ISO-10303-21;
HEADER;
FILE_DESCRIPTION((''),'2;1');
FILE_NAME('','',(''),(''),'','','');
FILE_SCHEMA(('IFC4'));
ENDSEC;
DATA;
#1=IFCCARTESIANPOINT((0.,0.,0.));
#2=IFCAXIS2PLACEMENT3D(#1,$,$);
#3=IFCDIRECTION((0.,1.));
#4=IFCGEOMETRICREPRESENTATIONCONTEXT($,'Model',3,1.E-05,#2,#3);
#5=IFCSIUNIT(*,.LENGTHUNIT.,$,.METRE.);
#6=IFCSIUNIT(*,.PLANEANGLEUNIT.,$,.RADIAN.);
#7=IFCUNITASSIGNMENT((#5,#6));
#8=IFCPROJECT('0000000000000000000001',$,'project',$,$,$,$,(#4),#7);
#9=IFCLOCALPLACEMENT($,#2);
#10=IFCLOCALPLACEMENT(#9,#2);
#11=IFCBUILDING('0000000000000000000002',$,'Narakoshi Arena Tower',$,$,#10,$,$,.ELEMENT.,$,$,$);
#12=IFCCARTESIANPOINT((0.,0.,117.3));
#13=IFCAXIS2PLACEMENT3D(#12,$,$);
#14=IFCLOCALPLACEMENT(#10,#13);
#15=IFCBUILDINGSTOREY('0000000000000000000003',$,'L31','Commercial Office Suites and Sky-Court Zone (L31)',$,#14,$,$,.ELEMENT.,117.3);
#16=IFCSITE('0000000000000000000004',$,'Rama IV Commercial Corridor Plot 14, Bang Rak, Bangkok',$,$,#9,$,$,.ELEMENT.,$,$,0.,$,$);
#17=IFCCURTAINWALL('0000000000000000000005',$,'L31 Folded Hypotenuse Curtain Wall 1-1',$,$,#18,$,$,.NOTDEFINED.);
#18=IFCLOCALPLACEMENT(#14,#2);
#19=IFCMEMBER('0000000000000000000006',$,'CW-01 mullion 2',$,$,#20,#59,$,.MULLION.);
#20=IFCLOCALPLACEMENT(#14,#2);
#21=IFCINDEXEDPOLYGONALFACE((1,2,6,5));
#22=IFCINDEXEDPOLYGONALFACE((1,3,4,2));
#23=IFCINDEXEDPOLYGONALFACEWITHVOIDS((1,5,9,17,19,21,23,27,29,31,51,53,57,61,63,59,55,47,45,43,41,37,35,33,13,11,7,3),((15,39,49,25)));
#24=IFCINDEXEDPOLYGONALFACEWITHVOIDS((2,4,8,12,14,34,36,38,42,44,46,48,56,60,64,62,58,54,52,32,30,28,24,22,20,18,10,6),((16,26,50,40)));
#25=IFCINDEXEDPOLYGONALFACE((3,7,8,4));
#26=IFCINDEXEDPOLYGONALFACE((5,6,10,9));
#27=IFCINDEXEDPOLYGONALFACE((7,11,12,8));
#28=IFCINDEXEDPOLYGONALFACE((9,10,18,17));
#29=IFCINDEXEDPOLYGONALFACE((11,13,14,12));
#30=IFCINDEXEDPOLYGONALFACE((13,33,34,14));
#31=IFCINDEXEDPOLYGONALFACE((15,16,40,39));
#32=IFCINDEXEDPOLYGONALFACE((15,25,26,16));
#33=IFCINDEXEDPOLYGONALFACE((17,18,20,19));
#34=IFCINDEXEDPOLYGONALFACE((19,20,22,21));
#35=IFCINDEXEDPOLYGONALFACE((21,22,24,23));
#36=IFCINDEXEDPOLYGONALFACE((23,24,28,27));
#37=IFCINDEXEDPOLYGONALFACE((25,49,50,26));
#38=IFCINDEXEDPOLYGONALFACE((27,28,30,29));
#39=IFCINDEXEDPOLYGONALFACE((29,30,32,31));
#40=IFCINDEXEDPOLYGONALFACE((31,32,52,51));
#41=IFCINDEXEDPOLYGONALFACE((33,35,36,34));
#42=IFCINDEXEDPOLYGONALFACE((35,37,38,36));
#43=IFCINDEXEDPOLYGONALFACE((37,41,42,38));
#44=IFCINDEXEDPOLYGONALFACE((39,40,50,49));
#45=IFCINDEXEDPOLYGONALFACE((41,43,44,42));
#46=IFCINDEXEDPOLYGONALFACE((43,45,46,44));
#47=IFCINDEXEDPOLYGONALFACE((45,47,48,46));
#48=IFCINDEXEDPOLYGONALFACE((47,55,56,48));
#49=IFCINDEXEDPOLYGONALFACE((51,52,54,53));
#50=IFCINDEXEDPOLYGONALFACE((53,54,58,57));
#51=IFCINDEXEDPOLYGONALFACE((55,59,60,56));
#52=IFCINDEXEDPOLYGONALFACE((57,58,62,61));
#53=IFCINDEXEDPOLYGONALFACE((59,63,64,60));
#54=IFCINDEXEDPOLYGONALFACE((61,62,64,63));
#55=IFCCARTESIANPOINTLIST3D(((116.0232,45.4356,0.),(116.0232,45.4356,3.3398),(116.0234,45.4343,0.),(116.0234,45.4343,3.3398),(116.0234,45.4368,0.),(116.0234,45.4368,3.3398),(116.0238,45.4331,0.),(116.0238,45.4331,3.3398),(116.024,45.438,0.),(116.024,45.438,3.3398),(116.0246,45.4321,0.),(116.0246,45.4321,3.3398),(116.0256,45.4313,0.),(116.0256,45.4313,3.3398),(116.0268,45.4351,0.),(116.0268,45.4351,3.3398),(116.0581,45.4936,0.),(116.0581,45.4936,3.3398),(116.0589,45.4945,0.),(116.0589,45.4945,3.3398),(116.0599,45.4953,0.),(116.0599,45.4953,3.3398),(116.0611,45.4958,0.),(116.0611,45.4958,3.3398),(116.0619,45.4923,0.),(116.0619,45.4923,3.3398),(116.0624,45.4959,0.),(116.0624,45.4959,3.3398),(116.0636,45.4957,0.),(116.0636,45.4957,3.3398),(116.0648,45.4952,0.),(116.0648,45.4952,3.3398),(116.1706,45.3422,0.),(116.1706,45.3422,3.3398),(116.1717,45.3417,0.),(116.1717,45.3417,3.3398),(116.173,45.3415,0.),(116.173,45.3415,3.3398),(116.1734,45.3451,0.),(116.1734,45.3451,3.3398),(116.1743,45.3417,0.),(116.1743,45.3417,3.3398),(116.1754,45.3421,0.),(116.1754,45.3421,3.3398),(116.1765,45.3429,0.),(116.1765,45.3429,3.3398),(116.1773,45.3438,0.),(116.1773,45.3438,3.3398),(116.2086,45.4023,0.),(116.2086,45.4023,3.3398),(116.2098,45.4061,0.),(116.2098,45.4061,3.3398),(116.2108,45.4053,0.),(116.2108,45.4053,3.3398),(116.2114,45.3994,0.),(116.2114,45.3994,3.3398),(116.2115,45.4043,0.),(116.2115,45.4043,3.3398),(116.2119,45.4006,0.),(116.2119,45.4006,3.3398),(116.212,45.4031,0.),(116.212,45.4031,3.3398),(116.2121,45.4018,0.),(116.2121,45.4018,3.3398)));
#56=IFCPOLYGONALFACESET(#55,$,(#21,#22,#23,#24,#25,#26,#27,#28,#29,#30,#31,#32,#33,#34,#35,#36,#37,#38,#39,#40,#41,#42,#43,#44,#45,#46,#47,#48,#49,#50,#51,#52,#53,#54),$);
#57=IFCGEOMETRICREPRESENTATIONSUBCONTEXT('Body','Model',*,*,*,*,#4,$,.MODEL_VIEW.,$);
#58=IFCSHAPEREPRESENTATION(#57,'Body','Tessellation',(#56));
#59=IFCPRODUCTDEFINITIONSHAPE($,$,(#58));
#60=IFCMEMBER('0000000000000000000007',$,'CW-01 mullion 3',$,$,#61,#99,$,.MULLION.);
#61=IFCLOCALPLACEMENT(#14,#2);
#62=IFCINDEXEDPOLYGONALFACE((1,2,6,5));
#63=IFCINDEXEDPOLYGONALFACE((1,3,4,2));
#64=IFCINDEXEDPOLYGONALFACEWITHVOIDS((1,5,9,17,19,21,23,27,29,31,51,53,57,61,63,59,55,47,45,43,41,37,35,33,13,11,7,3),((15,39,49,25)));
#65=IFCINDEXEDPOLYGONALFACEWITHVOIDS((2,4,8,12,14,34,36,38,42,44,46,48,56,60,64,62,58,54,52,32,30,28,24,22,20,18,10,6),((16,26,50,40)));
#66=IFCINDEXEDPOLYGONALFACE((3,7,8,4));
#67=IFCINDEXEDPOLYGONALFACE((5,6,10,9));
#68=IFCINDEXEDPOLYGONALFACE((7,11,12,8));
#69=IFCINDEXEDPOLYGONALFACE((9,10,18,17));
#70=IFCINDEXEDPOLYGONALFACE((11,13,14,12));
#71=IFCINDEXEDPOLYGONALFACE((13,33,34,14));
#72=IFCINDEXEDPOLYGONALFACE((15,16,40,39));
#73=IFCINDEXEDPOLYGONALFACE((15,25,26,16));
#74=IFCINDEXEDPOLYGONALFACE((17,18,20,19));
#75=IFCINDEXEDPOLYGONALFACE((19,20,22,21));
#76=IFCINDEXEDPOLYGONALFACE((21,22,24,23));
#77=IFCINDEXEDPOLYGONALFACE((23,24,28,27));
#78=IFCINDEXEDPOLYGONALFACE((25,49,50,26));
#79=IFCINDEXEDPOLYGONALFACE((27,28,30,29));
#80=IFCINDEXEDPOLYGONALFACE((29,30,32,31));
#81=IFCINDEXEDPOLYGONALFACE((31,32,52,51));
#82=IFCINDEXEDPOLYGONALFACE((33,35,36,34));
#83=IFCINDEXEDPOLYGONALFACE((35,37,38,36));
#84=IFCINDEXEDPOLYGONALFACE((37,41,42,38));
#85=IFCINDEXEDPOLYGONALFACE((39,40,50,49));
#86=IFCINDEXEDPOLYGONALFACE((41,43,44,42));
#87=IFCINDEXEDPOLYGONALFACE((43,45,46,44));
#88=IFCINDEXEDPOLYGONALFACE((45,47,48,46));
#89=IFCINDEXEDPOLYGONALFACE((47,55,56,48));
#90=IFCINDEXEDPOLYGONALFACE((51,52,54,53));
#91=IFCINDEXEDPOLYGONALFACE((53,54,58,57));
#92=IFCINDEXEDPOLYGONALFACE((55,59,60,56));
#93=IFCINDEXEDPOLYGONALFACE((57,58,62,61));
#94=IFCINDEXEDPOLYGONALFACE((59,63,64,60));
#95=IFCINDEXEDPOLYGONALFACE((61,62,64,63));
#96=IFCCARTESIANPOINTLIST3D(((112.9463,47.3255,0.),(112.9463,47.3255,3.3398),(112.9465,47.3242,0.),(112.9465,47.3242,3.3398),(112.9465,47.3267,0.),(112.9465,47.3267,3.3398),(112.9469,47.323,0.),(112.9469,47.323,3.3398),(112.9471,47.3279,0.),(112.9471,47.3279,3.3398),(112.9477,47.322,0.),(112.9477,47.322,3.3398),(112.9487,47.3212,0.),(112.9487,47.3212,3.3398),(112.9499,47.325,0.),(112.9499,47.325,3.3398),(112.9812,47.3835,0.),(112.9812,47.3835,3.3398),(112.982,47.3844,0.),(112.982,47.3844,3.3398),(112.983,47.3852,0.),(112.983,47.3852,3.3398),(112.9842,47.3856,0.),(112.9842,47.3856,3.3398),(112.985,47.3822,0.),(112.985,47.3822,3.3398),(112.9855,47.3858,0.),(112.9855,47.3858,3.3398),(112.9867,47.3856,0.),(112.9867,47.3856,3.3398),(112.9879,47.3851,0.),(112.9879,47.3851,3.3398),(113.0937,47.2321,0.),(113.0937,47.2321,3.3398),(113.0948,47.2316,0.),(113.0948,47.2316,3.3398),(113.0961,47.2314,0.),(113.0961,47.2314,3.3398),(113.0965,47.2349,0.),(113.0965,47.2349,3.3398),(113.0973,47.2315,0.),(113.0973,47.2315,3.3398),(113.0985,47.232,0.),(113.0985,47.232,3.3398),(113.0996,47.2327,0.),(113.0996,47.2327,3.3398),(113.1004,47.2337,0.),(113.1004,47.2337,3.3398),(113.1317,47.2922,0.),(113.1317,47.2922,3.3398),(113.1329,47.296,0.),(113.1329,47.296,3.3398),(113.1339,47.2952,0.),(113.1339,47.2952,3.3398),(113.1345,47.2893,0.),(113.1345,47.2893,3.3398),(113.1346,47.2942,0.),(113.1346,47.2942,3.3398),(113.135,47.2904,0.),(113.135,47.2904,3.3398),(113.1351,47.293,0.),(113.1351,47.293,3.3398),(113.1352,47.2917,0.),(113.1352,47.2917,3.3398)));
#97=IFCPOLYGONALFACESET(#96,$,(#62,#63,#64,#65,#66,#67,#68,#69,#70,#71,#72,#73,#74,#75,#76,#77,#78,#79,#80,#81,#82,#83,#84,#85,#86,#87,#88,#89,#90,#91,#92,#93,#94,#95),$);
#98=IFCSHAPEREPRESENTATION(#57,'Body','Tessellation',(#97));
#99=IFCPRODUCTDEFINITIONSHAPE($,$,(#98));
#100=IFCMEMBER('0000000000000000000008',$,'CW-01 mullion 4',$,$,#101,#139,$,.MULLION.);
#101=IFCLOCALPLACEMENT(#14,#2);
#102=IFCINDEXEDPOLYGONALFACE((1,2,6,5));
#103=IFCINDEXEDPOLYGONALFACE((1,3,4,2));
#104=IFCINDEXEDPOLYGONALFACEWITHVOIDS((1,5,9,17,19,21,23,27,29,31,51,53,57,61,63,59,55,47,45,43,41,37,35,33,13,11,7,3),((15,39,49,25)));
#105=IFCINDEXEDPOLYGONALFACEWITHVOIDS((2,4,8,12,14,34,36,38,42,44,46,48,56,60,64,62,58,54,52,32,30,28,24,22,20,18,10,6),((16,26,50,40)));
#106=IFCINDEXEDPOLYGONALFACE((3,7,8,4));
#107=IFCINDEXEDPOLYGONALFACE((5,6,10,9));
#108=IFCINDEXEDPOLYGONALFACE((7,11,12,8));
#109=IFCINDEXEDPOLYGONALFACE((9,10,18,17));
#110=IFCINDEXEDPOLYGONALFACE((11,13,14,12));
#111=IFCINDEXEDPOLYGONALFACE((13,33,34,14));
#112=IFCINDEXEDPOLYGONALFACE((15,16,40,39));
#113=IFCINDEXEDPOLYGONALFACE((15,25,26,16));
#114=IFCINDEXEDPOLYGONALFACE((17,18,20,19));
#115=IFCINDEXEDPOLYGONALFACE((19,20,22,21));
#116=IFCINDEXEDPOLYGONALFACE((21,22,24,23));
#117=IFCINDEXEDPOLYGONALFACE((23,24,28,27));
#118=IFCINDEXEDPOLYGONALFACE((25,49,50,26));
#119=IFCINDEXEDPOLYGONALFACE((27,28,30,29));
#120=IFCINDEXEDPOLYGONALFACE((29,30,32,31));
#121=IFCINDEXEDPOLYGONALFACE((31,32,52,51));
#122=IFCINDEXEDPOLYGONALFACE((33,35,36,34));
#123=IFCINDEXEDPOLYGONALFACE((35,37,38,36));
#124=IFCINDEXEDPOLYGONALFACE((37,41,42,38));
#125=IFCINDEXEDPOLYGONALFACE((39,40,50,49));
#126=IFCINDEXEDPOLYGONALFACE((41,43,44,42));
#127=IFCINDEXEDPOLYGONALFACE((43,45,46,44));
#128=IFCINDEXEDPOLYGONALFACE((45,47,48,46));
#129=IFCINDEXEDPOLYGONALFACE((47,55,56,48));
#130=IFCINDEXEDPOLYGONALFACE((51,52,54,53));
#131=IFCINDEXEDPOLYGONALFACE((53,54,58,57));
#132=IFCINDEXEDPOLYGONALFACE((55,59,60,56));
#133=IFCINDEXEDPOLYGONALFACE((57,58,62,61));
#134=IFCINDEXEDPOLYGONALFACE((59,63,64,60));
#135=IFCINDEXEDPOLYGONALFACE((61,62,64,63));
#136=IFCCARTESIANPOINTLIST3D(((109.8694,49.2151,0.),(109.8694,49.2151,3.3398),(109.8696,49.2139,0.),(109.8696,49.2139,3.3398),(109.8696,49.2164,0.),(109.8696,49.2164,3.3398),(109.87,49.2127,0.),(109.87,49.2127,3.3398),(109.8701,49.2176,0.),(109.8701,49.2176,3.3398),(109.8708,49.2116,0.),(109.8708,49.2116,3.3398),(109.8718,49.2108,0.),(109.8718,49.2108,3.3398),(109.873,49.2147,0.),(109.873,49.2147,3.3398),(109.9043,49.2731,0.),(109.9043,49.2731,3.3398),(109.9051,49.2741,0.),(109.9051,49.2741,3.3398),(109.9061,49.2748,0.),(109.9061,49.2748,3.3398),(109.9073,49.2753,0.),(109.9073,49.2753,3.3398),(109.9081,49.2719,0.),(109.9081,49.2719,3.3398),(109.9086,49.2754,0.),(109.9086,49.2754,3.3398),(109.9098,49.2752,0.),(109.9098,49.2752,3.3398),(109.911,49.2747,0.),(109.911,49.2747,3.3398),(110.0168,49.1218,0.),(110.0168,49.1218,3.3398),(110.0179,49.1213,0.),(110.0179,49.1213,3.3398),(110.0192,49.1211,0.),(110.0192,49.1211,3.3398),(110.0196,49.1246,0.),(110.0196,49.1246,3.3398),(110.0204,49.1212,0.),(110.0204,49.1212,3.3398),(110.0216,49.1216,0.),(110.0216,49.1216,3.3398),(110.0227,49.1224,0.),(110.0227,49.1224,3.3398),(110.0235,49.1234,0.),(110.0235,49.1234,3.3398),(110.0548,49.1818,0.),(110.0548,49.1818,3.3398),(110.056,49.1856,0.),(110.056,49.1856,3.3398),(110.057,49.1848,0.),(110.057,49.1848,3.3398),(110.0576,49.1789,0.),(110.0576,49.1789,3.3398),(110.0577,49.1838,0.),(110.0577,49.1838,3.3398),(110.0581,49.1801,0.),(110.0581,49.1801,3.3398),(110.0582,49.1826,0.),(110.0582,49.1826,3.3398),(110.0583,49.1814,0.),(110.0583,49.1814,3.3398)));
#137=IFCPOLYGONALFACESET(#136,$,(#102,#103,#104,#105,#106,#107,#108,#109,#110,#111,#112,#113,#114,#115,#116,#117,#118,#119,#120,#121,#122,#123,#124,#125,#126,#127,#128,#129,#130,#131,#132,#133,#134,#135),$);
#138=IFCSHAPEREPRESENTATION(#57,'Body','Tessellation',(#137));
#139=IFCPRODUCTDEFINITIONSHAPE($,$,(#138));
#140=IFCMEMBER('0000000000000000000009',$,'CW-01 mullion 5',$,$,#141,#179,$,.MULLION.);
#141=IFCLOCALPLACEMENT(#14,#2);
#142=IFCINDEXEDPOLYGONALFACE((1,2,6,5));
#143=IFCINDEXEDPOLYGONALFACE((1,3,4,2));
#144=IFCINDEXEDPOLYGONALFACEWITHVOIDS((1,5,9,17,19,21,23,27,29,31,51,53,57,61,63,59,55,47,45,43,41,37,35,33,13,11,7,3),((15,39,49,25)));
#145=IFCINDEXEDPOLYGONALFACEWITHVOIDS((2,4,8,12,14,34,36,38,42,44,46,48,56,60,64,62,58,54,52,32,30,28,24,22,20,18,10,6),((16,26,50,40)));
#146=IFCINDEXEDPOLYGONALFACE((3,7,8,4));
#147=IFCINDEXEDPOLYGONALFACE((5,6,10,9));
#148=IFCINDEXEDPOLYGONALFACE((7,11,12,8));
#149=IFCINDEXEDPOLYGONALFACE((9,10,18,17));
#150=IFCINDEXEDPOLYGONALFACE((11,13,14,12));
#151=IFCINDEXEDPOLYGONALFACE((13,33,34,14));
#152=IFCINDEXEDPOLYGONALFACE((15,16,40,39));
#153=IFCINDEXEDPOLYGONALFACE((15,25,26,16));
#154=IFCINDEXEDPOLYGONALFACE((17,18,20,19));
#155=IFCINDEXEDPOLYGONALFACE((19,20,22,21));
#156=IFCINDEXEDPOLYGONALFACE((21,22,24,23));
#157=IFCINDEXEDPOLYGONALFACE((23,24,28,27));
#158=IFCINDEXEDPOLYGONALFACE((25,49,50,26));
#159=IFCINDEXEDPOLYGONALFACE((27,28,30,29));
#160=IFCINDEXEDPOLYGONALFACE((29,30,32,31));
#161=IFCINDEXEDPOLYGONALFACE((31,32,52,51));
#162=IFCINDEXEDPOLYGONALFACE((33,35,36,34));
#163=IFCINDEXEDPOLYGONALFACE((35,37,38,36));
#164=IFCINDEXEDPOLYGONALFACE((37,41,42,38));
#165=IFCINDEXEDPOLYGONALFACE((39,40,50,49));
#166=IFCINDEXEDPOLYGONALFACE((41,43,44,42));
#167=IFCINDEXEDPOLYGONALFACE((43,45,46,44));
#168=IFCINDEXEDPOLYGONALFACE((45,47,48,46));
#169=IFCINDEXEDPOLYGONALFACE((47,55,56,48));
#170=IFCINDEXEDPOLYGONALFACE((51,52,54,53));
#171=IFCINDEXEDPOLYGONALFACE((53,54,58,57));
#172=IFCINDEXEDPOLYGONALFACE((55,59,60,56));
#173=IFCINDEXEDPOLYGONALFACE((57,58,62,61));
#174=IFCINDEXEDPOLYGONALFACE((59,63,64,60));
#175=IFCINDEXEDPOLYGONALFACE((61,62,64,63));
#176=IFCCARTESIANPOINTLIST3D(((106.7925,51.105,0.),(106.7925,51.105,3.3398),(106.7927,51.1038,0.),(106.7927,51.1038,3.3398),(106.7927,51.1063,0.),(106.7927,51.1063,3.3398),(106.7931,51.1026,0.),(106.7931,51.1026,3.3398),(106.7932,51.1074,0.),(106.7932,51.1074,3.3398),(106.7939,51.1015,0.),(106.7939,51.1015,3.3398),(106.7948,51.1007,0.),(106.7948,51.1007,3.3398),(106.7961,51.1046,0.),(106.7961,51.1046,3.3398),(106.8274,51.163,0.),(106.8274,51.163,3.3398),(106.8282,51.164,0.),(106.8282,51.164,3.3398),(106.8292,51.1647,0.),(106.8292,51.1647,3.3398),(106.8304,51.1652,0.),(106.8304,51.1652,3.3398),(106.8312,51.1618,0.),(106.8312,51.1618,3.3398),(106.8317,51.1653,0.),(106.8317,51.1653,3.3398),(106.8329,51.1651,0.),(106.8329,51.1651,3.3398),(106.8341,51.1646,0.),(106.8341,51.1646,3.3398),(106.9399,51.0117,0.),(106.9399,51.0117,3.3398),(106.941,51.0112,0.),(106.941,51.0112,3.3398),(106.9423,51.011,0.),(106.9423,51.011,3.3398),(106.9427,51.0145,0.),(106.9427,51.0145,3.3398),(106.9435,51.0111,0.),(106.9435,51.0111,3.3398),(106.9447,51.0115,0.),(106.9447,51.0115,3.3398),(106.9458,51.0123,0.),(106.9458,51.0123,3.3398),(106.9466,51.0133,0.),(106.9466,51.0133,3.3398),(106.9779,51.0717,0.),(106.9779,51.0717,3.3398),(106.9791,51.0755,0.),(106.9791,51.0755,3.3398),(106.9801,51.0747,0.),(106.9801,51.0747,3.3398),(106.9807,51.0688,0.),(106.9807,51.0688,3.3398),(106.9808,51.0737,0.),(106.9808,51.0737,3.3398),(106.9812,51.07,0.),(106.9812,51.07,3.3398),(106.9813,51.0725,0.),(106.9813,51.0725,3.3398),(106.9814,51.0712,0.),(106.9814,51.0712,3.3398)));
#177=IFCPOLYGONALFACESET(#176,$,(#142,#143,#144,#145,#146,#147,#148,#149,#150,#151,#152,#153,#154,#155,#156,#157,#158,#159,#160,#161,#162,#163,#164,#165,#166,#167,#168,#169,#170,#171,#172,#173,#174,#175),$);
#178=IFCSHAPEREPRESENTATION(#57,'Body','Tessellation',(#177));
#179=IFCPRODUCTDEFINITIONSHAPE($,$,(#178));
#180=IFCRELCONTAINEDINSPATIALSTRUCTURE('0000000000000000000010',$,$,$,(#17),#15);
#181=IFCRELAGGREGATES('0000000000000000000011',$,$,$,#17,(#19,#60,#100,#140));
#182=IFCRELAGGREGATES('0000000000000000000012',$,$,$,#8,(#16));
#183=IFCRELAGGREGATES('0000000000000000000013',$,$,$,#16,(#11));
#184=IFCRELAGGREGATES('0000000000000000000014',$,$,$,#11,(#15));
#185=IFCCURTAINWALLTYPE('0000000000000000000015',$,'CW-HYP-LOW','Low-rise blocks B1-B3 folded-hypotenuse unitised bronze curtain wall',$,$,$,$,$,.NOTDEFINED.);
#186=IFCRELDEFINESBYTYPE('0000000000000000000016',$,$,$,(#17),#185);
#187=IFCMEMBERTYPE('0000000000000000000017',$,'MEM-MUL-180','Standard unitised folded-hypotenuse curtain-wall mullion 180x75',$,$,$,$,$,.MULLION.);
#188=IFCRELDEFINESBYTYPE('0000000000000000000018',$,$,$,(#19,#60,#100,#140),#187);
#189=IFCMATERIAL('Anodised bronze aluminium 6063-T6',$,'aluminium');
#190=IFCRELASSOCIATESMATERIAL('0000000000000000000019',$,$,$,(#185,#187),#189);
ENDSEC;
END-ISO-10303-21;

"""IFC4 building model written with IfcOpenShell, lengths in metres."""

from ifc_helpers import new_model, si_unit, direction, frame, origin, origin_2d, place, context, subcontext, project, spatial, hollow_rectangle, extrude, material, material_profile, profile_set, type_object, element, aggregate, save


model = new_model("IFC4")

# Units and contexts
model_context = context("Model", 3, precision=1e-05, world=origin(), true_north=direction((0.0, 1.0)))
body_context = subcontext(model_context, "Body", "Model", "MODEL_VIEW")
ifc_project = project(units=[si_unit("LENGTHUNIT", "METRE"), si_unit("PLANEANGLEUNIT", "RADIAN")], contexts=[model_context])

# Site, building, storey
site_placement = place(None, origin())
site = spatial("IfcSite", under=ifc_project, at=site_placement, Name="Rama IV Commercial Corridor Plot 14, Bang Rak, Bangkok", CompositionType="ELEMENT", RefElevation=0.0)
building_placement = place(site_placement, origin())
building = spatial("IfcBuilding", under=site, at=building_placement, Name="Narakoshi Arena Tower", CompositionType="ELEMENT")
storey_placement = place(building_placement, frame((0.0, 0.0, 117.3)))
storey = spatial("IfcBuildingStorey", under=building, at=storey_placement, Name="L31", Description="Commercial Office Suites and Sky-Court Zone (L31)", CompositionType="ELEMENT", Elevation=117.3)

# Curtain wall, members
ifc_material_1 = material(Name="Anodised bronze aluminium 6063-T6", Category="aluminium")
curtain_wall_type = type_object("IfcCurtainWallType", Name="CW-HYP-LOW", Description="Low-rise blocks B1-B3 folded-hypotenuse unitised bronze curtain wall", PredefinedType="NOTDEFINED", material=ifc_material_1)
curtain_wall_placement = place(storey_placement, origin())
curtain_wall = element("IfcCurtainWall", 1, at=curtain_wall_placement, inside=storey, type_object=curtain_wall_type, Name="L31 Folded Hypotenuse Curtain Wall 1-1", PredefinedType="NOTDEFINED")
ifc_material_profile_1 = material_profile(ifc_material_1, hollow_rectangle(XDim=0.075, YDim=0.1799, WallThickness=0.0039, OuterFilletRadius=0.0049, at=origin_2d()), Name="MUL180x75x4")
ifc_profile_set_1 = profile_set([ifc_material_profile_1], Name="Anodised bronze aluminium 6063-T6")
member_type_1 = type_object("IfcMemberType", Name="MEM-MUL-180", Description="Standard unitised folded-hypotenuse curtain-wall mullion 180x75", PredefinedType="MULLION", material=ifc_profile_set_1)
member_1_placement = place(storey_placement, frame((116.1177, 45.4187, 0.0), z_axis=(0.0, 0.0, 1.0), x_axis=(-0.523358, -0.852113, 0.0)))
member_1 = element("IfcMember", 2, at=member_1_placement, type_object=member_type_1, Name="CW-01 mullion 2", PredefinedType="MULLION", context=body_context, shape_type="SweptSolid", body=[
    extrude(hollow_rectangle(XDim=0.075, YDim=0.1799, WallThickness=0.0039, OuterFilletRadius=0.0049, at=origin_2d()), origin(), (0.0, 0.0, 1.0), 3.3398),
])
member_2_placement = place(storey_placement, frame((113.0408, 47.3086, 0.0), z_axis=(0.0, 0.0, 1.0), x_axis=(-0.523358, -0.852113, 0.0)))
member_2 = element("IfcMember", 3, at=member_2_placement, type_object=member_type_1, Name="CW-01 mullion 3", PredefinedType="MULLION", context=body_context, shape_type="SweptSolid", body=[
    extrude(hollow_rectangle(XDim=0.075, YDim=0.1799, WallThickness=0.0039, OuterFilletRadius=0.0049, at=origin_2d()), origin(), (0.0, 0.0, 1.0), 3.3398),
])
member_3_placement = place(storey_placement, frame((109.9639, 49.1982, 0.0), z_axis=(0.0, 0.0, 1.0), x_axis=(-0.523358, -0.852113, 0.0)))
member_3 = element("IfcMember", 4, at=member_3_placement, type_object=member_type_1, Name="CW-01 mullion 4", PredefinedType="MULLION", context=body_context, shape_type="SweptSolid", body=[
    extrude(hollow_rectangle(XDim=0.075, YDim=0.1799, WallThickness=0.0039, OuterFilletRadius=0.0049, at=origin_2d()), origin(), (0.0, 0.0, 1.0), 3.3398),
])
member_4_placement = place(storey_placement, frame((106.887, 51.0881, 0.0), z_axis=(0.0, 0.0, 1.0), x_axis=(-0.523358, -0.852113, 0.0)))
member_4 = element("IfcMember", 5, at=member_4_placement, type_object=member_type_1, Name="CW-01 mullion 5", PredefinedType="MULLION", context=body_context, shape_type="SweptSolid", body=[
    extrude(hollow_rectangle(XDim=0.075, YDim=0.1799, WallThickness=0.0039, OuterFilletRadius=0.0049, at=origin_2d()), origin(), (0.0, 0.0, 1.0), 3.3398),
])
aggregate(curtain_wall, [member_1, member_2, member_3, member_4])

save(model, "model.ifc")
